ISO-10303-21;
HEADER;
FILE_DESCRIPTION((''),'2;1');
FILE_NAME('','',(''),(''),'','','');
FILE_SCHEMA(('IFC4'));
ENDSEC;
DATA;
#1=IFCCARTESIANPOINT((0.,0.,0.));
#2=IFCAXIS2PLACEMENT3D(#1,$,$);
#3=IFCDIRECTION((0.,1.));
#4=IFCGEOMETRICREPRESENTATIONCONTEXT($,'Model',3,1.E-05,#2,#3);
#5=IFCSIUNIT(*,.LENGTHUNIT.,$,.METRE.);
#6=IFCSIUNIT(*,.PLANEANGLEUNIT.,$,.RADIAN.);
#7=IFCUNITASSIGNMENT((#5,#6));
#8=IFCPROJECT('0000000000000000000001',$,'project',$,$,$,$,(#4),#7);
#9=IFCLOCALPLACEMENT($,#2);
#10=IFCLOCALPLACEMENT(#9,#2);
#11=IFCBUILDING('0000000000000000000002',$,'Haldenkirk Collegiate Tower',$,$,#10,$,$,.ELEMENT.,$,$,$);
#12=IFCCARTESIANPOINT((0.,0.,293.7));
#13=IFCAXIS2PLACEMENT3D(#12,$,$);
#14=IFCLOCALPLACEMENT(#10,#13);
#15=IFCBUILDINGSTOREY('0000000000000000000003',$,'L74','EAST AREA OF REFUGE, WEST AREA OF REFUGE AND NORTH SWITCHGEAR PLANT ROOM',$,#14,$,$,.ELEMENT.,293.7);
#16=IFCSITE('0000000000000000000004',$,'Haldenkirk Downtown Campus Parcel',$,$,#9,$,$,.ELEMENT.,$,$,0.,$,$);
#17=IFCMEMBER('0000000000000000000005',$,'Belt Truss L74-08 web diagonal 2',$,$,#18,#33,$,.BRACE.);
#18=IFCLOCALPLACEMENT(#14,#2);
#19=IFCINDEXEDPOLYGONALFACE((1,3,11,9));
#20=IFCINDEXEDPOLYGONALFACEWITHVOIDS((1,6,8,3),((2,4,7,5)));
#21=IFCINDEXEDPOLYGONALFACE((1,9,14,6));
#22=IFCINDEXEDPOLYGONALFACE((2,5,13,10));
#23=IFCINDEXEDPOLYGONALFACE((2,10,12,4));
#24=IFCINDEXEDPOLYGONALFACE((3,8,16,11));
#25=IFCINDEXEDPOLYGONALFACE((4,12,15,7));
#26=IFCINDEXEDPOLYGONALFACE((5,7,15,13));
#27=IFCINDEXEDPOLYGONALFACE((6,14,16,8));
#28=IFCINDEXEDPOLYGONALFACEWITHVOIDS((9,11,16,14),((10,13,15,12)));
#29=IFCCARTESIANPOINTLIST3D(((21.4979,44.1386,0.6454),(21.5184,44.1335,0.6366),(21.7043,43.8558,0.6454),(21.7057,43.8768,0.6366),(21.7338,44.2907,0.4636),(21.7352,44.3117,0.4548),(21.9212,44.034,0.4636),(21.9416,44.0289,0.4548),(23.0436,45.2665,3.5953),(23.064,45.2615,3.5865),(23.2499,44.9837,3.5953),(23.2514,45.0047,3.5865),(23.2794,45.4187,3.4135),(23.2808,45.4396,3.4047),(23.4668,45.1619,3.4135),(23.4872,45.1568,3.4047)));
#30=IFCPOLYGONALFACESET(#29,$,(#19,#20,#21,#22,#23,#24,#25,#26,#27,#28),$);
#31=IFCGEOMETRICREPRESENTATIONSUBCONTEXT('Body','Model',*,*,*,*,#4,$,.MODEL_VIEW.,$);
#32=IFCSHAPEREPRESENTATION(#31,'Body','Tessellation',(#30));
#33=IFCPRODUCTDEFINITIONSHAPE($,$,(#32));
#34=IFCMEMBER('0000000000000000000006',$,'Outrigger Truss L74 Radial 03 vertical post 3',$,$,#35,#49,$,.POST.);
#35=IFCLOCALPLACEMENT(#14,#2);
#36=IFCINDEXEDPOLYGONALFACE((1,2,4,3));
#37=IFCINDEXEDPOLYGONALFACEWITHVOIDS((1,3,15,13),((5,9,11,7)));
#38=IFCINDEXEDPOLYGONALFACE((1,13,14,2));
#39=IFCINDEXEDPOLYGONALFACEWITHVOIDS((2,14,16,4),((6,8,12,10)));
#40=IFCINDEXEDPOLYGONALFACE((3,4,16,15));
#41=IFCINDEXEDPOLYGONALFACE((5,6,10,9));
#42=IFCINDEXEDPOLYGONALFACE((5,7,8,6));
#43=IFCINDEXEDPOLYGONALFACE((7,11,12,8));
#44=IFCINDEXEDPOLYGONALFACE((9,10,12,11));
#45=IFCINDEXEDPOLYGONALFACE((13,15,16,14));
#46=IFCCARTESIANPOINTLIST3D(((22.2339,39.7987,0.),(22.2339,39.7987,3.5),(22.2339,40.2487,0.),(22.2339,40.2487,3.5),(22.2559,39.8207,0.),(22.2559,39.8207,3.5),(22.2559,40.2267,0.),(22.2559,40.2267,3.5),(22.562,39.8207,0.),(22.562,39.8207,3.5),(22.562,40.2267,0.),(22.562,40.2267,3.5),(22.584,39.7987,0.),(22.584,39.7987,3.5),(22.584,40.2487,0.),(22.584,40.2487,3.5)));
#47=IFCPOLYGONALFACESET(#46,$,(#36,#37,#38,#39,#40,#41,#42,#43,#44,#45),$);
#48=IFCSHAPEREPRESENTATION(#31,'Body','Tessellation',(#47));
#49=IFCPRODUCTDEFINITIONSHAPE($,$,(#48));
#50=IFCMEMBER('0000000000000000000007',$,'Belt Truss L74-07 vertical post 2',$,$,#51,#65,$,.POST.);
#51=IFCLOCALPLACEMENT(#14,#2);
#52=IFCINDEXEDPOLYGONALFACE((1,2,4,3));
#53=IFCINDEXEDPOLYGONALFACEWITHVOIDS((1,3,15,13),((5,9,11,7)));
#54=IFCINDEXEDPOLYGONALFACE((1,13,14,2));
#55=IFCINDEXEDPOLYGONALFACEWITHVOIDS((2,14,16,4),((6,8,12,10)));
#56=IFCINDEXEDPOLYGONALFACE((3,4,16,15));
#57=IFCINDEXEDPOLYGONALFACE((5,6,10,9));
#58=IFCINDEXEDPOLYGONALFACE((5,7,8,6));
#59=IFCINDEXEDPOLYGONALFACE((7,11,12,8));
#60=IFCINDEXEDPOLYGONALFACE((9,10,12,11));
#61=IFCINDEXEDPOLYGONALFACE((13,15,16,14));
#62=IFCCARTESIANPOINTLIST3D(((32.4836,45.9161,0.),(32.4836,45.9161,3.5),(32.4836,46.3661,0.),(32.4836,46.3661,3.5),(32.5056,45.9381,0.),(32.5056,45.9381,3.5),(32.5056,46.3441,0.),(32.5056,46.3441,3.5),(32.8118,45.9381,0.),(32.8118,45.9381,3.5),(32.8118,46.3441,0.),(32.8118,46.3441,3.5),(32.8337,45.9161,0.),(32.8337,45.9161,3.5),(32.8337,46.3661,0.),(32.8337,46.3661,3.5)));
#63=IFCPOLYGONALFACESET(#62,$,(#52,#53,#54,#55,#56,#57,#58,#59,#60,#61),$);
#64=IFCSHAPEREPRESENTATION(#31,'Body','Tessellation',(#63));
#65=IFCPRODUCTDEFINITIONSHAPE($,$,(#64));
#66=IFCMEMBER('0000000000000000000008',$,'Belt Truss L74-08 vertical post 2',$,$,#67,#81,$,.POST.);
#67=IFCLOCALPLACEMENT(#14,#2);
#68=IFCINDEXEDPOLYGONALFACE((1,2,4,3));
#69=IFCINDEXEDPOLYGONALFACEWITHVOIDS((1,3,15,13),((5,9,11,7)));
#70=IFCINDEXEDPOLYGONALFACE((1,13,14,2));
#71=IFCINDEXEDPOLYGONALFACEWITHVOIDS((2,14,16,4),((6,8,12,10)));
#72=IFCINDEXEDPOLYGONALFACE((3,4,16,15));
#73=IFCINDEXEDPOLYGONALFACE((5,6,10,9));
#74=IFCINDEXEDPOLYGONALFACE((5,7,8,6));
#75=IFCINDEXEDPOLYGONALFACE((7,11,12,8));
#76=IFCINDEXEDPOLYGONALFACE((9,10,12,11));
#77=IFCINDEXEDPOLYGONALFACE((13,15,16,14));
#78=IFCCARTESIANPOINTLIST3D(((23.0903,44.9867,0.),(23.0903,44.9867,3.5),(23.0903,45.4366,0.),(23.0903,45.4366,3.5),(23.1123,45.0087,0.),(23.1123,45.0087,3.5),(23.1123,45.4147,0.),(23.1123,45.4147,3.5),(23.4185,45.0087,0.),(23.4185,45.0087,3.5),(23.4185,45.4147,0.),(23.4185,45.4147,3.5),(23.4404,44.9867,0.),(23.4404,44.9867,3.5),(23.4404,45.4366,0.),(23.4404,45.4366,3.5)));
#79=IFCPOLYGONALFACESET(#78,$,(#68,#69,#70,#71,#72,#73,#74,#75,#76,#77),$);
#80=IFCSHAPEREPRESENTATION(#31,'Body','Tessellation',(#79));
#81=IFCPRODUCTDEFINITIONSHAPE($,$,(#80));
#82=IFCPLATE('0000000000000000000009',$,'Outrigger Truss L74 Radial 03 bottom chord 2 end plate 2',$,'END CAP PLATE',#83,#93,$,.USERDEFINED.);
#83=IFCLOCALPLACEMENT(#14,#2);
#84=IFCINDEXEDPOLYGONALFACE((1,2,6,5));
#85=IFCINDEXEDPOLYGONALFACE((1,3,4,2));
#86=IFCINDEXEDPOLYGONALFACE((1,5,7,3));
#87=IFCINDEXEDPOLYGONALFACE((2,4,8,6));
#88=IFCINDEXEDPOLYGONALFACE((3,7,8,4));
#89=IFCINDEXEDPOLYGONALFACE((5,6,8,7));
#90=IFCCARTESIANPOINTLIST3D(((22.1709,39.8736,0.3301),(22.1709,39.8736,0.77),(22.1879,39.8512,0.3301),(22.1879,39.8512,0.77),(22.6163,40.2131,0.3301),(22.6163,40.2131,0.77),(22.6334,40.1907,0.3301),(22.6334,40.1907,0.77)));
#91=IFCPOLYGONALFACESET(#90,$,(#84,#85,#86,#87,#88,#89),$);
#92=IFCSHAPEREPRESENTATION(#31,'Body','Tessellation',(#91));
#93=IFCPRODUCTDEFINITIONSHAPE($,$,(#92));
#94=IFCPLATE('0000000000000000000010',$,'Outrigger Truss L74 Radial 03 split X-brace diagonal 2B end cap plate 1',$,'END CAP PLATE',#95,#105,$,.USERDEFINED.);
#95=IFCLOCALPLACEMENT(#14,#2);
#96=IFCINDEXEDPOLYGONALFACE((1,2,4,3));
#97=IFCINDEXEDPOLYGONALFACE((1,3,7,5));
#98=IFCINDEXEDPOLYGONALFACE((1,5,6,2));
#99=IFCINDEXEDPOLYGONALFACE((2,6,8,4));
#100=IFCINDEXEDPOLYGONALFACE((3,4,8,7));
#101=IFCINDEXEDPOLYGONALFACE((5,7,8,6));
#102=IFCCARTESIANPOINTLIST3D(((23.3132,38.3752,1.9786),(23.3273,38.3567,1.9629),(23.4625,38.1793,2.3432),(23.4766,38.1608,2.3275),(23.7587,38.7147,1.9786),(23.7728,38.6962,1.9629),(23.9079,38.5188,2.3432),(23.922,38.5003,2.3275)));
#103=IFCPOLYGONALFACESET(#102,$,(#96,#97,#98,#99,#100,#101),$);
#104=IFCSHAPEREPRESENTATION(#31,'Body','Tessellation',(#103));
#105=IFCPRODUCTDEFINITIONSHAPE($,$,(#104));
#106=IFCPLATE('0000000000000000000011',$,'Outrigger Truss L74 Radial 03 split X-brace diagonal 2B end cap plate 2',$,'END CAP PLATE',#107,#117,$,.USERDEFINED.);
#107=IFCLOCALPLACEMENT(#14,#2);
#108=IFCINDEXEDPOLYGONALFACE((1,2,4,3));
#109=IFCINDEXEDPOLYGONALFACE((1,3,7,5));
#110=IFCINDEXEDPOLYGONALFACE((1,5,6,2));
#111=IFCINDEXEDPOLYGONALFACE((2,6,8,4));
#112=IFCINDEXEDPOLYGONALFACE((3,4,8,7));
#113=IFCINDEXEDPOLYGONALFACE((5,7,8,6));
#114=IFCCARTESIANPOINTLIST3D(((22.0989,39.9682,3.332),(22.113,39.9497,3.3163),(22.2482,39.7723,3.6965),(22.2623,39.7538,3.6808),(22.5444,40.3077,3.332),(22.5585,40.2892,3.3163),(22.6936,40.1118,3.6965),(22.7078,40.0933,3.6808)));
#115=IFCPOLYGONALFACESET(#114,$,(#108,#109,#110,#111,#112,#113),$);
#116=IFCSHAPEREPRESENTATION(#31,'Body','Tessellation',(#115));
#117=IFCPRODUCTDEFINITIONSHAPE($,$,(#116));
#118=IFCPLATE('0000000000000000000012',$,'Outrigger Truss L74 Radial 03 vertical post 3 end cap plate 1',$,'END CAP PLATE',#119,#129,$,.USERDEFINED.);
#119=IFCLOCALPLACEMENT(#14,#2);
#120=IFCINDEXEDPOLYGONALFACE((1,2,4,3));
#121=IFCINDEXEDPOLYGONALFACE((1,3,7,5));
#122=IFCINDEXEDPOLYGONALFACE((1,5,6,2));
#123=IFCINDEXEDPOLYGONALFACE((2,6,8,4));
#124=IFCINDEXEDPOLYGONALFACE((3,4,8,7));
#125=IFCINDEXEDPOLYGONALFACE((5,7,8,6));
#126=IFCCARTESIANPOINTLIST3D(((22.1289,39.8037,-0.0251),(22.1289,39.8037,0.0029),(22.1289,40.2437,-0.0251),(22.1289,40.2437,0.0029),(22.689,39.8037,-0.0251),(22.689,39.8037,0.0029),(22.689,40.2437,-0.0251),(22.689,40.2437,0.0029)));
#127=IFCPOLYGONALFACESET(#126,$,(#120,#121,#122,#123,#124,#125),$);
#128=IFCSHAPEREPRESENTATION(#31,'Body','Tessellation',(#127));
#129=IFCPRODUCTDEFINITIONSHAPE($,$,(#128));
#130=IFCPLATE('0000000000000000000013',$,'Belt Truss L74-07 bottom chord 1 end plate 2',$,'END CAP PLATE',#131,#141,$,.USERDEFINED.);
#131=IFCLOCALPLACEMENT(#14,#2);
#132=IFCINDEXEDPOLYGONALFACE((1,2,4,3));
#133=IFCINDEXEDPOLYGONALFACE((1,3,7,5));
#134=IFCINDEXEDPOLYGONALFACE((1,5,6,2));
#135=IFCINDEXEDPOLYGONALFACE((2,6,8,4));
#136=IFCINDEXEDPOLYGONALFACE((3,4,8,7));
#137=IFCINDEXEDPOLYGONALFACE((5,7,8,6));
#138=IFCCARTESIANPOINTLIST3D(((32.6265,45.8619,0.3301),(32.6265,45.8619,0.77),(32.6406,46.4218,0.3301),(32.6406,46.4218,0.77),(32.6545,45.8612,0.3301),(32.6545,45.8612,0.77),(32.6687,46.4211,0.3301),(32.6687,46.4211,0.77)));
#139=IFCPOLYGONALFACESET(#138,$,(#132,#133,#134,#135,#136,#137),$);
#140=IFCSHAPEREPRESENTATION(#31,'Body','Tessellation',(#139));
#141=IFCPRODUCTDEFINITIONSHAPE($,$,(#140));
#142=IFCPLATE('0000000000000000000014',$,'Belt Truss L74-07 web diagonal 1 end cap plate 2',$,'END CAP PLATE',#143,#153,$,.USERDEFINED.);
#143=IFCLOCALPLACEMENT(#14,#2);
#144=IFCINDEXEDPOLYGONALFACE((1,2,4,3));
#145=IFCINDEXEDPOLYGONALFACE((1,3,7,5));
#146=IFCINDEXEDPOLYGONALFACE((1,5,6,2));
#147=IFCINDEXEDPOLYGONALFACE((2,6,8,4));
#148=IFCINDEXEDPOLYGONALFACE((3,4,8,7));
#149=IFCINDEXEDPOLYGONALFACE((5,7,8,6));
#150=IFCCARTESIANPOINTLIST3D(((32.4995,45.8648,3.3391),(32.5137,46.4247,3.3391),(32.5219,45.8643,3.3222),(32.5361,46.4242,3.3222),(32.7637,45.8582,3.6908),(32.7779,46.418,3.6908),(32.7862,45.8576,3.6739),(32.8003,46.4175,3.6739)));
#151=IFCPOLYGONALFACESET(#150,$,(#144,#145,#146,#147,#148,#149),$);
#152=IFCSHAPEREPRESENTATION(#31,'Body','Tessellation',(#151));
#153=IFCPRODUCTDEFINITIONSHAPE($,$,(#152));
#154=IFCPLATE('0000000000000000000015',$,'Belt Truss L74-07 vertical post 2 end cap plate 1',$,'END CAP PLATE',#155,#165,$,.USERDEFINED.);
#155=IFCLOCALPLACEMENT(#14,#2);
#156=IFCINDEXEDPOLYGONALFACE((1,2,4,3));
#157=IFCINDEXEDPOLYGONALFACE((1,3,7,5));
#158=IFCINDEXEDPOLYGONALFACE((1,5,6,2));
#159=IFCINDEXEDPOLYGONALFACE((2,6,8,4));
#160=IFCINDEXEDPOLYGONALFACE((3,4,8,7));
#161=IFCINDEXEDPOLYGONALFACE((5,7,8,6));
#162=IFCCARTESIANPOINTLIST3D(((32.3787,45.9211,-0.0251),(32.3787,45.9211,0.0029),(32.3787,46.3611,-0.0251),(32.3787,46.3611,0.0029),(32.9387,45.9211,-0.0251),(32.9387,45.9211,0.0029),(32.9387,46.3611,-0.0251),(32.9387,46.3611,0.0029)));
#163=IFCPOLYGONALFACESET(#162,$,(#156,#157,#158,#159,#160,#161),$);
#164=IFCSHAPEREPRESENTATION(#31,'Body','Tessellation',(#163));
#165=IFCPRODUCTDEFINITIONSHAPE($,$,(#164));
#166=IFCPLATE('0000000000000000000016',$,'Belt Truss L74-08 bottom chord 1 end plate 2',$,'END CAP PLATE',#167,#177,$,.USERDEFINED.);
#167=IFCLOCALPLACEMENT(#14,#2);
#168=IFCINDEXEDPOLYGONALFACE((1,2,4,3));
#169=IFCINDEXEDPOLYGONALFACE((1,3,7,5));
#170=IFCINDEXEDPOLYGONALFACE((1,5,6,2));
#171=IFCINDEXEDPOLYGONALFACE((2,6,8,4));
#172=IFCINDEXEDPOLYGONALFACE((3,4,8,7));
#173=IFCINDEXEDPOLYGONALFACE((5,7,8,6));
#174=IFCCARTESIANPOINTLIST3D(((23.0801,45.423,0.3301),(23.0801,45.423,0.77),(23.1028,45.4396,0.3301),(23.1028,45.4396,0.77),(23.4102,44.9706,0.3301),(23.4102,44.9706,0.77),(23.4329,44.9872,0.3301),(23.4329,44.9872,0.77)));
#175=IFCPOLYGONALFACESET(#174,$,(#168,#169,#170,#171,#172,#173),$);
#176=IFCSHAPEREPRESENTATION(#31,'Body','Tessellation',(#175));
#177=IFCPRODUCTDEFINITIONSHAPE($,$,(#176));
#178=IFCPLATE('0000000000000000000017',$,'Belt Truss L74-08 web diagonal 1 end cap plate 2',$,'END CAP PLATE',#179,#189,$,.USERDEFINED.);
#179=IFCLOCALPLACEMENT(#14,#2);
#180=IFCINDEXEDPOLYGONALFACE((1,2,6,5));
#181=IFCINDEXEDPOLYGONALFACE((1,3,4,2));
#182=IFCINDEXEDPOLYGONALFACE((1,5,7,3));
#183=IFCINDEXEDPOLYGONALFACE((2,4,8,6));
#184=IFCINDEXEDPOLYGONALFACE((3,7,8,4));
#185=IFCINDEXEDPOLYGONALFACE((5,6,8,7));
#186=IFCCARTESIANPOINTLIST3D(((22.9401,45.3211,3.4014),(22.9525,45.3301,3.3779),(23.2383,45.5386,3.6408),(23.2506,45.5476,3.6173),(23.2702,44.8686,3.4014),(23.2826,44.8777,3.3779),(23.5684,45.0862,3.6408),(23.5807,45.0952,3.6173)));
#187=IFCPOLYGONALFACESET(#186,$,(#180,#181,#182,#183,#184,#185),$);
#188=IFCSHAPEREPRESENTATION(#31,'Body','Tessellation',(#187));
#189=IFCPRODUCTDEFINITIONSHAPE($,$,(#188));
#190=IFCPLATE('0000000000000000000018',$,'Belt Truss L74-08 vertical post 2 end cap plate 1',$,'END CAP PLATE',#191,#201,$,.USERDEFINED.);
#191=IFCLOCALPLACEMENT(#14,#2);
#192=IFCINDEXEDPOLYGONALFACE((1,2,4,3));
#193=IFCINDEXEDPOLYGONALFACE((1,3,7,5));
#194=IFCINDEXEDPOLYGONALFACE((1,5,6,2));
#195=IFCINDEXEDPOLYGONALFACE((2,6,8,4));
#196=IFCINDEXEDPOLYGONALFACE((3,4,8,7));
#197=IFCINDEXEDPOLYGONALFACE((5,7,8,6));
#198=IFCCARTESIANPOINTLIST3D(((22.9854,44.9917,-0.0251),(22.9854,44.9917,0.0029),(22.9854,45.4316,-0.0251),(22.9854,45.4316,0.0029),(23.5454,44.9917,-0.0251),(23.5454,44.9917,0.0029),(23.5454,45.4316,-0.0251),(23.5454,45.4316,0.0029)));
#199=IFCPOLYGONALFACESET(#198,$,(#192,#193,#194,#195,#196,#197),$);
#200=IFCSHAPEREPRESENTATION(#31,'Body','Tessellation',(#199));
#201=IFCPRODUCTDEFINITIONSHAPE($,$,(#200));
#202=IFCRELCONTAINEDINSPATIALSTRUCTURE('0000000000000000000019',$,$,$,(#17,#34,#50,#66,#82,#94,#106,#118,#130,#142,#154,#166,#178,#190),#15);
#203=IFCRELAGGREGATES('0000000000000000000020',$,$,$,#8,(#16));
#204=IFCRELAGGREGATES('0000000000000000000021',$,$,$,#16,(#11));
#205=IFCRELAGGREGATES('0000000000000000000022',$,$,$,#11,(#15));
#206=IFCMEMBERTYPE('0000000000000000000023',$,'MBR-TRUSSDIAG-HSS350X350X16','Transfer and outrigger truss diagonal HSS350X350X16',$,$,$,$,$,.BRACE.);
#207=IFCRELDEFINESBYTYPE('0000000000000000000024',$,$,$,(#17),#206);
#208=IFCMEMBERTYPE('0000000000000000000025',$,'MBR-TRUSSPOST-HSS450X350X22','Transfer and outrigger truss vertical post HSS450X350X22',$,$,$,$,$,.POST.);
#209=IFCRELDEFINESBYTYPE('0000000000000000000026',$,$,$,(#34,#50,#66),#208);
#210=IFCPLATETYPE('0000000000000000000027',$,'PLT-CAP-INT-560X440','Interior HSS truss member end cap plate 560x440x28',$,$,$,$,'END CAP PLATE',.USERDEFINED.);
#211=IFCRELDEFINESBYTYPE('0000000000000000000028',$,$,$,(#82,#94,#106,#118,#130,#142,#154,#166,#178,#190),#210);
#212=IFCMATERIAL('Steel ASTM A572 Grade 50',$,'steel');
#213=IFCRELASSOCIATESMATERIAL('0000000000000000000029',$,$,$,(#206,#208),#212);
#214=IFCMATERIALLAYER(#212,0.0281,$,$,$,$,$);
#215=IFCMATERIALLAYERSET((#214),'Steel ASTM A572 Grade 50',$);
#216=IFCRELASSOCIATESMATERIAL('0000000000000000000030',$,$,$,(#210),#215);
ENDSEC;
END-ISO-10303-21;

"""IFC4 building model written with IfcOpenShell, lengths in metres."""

from ifc_helpers import new_model, si_unit, direction, frame, origin, origin_2d, place, context, subcontext, project, spatial, rectangle, hollow_rectangle, extrude, source, transform, mapped, material, layer, layer_set, material_profile, profile_set, type_object, element, save


model = new_model("IFC4")

# Units and contexts
model_context = context("Model", 3, precision=1e-05, world=origin(), true_north=direction((0.0, 1.0)))
body_context = subcontext(model_context, "Body", "Model", "MODEL_VIEW")
ifc_project = project(units=[si_unit("LENGTHUNIT", "METRE"), si_unit("PLANEANGLEUNIT", "RADIAN")], contexts=[model_context])

# Site, building, storey
site_placement = place(None, origin())
site = spatial("IfcSite", under=ifc_project, at=site_placement, Name="Haldenkirk Downtown Campus Parcel", CompositionType="ELEMENT", RefElevation=0.0)
building_placement = place(site_placement, origin())
building = spatial("IfcBuilding", under=site, at=building_placement, Name="Haldenkirk Collegiate Tower", CompositionType="ELEMENT")
storey_placement = place(building_placement, frame((0.0, 0.0, 293.7)))
storey = spatial("IfcBuildingStorey", under=building, at=storey_placement, Name="L74", Description="EAST AREA OF REFUGE, WEST AREA OF REFUGE AND NORTH SWITCHGEAR PLANT ROOM", CompositionType="ELEMENT", Elevation=293.7)

# Members
ifc_material_1 = material(Name="Steel ASTM A572 Grade 50", Category="steel")
ifc_material_profile_1 = material_profile(ifc_material_1, hollow_rectangle(XDim=0.3501, YDim=0.3501, WallThickness=0.0161, at=origin_2d()), Name="HSS350X350X16")
ifc_profile_set_1 = profile_set([ifc_material_profile_1], Name="Steel ASTM A572 Grade 50")
member_type_1 = type_object("IfcMemberType", Name="MBR-TRUSSDIAG-HSS350X350X16", Description="Transfer and outrigger truss diagonal HSS350X350X16", PredefinedType="BRACE", material=ifc_profile_set_1)
member_1_placement = place(storey_placement, frame((23.2654, 45.2117, 3.5), z_axis=(-0.439584, -0.320783, -0.838966), x_axis=(0.589476, -0.807786, 0.0)))
element("IfcMember", 1, at=member_1_placement, inside=storey, type_object=member_type_1, Name="Belt Truss L74-08 web diagonal 2", PredefinedType="BRACE", context=body_context, shape_type="SweptSolid", body=[
    extrude(hollow_rectangle(XDim=0.3501, YDim=0.3501, WallThickness=0.0161, at=origin_2d()), origin(), (0.0, 0.0, 1.0), 3.5161),
])
ifc_material_profile_2 = material_profile(ifc_material_1, hollow_rectangle(XDim=0.3501, YDim=0.45, WallThickness=0.022, at=origin_2d()), Name="HSS450X350X22")
ifc_profile_set_2 = profile_set([ifc_material_profile_2], Name="Steel ASTM A572 Grade 50")
member_type_2 = type_object("IfcMemberType", Name="MBR-TRUSSPOST-HSS450X350X22", Description="Transfer and outrigger truss vertical post HSS450X350X22", PredefinedType="POST", material=ifc_profile_set_2)
for number, where, z_axis, x_axis, name in (
    (2, (22.4089, 40.0237, 0.0), (0.0, 0.0, 1.0), (1.0, 0.0, 0.0), "Outrigger Truss L74 Radial 03 vertical post 3"),
    (3, (32.6587, 46.1411, 0.0), (0.0, 0.0, 1.0), (1.0, 0.0, 0.0), "Belt Truss L74-07 vertical post 2"),
    (4, (23.2654, 45.2117, 0.0), (0.0, 0.0, 1.0), (1.0, 0.0, 0.0), "Belt Truss L74-08 vertical post 2"),
):
    element("IfcMember", number, at=place(storey_placement, frame(where, z_axis=z_axis, x_axis=x_axis)), inside=storey, type_object=member_type_2, Name=name, PredefinedType="POST", context=body_context, shape_type="SweptSolid", body=[
        extrude(hollow_rectangle(XDim=0.3501, YDim=0.45, WallThickness=0.022, at=origin_2d()), origin(), (0.0, 0.0, 1.0), 3.5),
    ])

# Plates
ifc_layer = layer(ifc_material_1, 0.0281)
ifc_layer_set = layer_set([ifc_layer], Name="Steel ASTM A572 Grade 50")
plate_type = type_object("IfcPlateType", Name="PLT-CAP-INT-560X440", Description="Interior HSS truss member end cap plate 560x440x28", ElementType="END CAP PLATE", PredefinedType="USERDEFINED", material=ifc_layer_set)
shared_shape = source(origin(), body_context, "Body", "SweptSolid", [
    extrude(rectangle(XDim=0.5601, YDim=0.4399, at=origin_2d()), origin(), (0.0, 0.0, 1.0), 0.0281),
])
for number, where, z_axis, x_axis, name in (
    (5, (22.4106, 40.021, 0.55), (-0.606185, 0.795324, 0.0), (-0.795324, -0.606185, 0.0), "Outrigger Truss L74 Radial 03 bottom chord 2 end plate 2"),
    (6, (23.6106, 38.447, 2.1609), (0.502331, -0.659059, -0.559737), (0.795321, 0.606189, 0.0), "Outrigger Truss L74 Radial 03 split X-brace diagonal 2B end cap plate 1"),
    (7, (22.4104, 40.0215, 3.4985), (-0.502331, 0.659059, 0.559737), (-0.795321, -0.606189, 0.0), "Outrigger Truss L74 Radial 03 split X-brace diagonal 2B end cap plate 2"),
    (8, (22.4089, 40.0237, 0.0029), (0.0, 0.0, -1.0), (1.0, 0.0, 0.0), "Outrigger Truss L74 Radial 03 vertical post 3 end cap plate 1"),
    (9, (32.6616, 46.1411, 0.55), (-0.99968, 0.025299, 0.0), (-0.025299, -0.99968, 0.0), "Belt Truss L74-07 bottom chord 1 end plate 2"),
    (10, (32.6611, 46.1409, 3.498), (-0.79913, 0.020224, 0.600819), (-0.0253, -0.99968, 0.0), "Belt Truss L74-07 web diagonal 1 end cap plate 2"),
    (11, (32.6587, 46.1411, 0.0029), (0.0, 0.0, -1.0), (1.0, 0.0, 0.0), "Belt Truss L74-07 vertical post 2 end cap plate 1"),
    (12, (23.2678, 45.2134, 0.55), (-0.807802, -0.589454, 0.0), (0.589454, -0.807802, 0.0), "Belt Truss L74-08 bottom chord 1 end plate 2"),
    (13, (23.2666, 45.2126, 3.4976), (-0.439591, -0.32077, 0.838968), (0.589454, -0.807802, 0.0), "Belt Truss L74-08 web diagonal 1 end cap plate 2"),
    (14, (23.2654, 45.2117, 0.0029), (0.0, 0.0, -1.0), (1.0, 0.0, 0.0), "Belt Truss L74-08 vertical post 2 end cap plate 1"),
):
    element("IfcPlate", number, at=place(storey_placement, frame(where, z_axis=z_axis, x_axis=x_axis)), inside=storey, type_object=plate_type, Name=name, ObjectType="END CAP PLATE", PredefinedType="USERDEFINED", context=body_context, shape_type="MappedRepresentation", body=[
        mapped(shared_shape, transform((0.0, 0.0, 0.0), x_axis=(1.0, 0.0, 0.0), y_axis=(0.0, 1.0, 0.0), z_axis=(0.0, 0.0, 1.0), scale=1.0)),
    ])

save(model, "model.ifc")
